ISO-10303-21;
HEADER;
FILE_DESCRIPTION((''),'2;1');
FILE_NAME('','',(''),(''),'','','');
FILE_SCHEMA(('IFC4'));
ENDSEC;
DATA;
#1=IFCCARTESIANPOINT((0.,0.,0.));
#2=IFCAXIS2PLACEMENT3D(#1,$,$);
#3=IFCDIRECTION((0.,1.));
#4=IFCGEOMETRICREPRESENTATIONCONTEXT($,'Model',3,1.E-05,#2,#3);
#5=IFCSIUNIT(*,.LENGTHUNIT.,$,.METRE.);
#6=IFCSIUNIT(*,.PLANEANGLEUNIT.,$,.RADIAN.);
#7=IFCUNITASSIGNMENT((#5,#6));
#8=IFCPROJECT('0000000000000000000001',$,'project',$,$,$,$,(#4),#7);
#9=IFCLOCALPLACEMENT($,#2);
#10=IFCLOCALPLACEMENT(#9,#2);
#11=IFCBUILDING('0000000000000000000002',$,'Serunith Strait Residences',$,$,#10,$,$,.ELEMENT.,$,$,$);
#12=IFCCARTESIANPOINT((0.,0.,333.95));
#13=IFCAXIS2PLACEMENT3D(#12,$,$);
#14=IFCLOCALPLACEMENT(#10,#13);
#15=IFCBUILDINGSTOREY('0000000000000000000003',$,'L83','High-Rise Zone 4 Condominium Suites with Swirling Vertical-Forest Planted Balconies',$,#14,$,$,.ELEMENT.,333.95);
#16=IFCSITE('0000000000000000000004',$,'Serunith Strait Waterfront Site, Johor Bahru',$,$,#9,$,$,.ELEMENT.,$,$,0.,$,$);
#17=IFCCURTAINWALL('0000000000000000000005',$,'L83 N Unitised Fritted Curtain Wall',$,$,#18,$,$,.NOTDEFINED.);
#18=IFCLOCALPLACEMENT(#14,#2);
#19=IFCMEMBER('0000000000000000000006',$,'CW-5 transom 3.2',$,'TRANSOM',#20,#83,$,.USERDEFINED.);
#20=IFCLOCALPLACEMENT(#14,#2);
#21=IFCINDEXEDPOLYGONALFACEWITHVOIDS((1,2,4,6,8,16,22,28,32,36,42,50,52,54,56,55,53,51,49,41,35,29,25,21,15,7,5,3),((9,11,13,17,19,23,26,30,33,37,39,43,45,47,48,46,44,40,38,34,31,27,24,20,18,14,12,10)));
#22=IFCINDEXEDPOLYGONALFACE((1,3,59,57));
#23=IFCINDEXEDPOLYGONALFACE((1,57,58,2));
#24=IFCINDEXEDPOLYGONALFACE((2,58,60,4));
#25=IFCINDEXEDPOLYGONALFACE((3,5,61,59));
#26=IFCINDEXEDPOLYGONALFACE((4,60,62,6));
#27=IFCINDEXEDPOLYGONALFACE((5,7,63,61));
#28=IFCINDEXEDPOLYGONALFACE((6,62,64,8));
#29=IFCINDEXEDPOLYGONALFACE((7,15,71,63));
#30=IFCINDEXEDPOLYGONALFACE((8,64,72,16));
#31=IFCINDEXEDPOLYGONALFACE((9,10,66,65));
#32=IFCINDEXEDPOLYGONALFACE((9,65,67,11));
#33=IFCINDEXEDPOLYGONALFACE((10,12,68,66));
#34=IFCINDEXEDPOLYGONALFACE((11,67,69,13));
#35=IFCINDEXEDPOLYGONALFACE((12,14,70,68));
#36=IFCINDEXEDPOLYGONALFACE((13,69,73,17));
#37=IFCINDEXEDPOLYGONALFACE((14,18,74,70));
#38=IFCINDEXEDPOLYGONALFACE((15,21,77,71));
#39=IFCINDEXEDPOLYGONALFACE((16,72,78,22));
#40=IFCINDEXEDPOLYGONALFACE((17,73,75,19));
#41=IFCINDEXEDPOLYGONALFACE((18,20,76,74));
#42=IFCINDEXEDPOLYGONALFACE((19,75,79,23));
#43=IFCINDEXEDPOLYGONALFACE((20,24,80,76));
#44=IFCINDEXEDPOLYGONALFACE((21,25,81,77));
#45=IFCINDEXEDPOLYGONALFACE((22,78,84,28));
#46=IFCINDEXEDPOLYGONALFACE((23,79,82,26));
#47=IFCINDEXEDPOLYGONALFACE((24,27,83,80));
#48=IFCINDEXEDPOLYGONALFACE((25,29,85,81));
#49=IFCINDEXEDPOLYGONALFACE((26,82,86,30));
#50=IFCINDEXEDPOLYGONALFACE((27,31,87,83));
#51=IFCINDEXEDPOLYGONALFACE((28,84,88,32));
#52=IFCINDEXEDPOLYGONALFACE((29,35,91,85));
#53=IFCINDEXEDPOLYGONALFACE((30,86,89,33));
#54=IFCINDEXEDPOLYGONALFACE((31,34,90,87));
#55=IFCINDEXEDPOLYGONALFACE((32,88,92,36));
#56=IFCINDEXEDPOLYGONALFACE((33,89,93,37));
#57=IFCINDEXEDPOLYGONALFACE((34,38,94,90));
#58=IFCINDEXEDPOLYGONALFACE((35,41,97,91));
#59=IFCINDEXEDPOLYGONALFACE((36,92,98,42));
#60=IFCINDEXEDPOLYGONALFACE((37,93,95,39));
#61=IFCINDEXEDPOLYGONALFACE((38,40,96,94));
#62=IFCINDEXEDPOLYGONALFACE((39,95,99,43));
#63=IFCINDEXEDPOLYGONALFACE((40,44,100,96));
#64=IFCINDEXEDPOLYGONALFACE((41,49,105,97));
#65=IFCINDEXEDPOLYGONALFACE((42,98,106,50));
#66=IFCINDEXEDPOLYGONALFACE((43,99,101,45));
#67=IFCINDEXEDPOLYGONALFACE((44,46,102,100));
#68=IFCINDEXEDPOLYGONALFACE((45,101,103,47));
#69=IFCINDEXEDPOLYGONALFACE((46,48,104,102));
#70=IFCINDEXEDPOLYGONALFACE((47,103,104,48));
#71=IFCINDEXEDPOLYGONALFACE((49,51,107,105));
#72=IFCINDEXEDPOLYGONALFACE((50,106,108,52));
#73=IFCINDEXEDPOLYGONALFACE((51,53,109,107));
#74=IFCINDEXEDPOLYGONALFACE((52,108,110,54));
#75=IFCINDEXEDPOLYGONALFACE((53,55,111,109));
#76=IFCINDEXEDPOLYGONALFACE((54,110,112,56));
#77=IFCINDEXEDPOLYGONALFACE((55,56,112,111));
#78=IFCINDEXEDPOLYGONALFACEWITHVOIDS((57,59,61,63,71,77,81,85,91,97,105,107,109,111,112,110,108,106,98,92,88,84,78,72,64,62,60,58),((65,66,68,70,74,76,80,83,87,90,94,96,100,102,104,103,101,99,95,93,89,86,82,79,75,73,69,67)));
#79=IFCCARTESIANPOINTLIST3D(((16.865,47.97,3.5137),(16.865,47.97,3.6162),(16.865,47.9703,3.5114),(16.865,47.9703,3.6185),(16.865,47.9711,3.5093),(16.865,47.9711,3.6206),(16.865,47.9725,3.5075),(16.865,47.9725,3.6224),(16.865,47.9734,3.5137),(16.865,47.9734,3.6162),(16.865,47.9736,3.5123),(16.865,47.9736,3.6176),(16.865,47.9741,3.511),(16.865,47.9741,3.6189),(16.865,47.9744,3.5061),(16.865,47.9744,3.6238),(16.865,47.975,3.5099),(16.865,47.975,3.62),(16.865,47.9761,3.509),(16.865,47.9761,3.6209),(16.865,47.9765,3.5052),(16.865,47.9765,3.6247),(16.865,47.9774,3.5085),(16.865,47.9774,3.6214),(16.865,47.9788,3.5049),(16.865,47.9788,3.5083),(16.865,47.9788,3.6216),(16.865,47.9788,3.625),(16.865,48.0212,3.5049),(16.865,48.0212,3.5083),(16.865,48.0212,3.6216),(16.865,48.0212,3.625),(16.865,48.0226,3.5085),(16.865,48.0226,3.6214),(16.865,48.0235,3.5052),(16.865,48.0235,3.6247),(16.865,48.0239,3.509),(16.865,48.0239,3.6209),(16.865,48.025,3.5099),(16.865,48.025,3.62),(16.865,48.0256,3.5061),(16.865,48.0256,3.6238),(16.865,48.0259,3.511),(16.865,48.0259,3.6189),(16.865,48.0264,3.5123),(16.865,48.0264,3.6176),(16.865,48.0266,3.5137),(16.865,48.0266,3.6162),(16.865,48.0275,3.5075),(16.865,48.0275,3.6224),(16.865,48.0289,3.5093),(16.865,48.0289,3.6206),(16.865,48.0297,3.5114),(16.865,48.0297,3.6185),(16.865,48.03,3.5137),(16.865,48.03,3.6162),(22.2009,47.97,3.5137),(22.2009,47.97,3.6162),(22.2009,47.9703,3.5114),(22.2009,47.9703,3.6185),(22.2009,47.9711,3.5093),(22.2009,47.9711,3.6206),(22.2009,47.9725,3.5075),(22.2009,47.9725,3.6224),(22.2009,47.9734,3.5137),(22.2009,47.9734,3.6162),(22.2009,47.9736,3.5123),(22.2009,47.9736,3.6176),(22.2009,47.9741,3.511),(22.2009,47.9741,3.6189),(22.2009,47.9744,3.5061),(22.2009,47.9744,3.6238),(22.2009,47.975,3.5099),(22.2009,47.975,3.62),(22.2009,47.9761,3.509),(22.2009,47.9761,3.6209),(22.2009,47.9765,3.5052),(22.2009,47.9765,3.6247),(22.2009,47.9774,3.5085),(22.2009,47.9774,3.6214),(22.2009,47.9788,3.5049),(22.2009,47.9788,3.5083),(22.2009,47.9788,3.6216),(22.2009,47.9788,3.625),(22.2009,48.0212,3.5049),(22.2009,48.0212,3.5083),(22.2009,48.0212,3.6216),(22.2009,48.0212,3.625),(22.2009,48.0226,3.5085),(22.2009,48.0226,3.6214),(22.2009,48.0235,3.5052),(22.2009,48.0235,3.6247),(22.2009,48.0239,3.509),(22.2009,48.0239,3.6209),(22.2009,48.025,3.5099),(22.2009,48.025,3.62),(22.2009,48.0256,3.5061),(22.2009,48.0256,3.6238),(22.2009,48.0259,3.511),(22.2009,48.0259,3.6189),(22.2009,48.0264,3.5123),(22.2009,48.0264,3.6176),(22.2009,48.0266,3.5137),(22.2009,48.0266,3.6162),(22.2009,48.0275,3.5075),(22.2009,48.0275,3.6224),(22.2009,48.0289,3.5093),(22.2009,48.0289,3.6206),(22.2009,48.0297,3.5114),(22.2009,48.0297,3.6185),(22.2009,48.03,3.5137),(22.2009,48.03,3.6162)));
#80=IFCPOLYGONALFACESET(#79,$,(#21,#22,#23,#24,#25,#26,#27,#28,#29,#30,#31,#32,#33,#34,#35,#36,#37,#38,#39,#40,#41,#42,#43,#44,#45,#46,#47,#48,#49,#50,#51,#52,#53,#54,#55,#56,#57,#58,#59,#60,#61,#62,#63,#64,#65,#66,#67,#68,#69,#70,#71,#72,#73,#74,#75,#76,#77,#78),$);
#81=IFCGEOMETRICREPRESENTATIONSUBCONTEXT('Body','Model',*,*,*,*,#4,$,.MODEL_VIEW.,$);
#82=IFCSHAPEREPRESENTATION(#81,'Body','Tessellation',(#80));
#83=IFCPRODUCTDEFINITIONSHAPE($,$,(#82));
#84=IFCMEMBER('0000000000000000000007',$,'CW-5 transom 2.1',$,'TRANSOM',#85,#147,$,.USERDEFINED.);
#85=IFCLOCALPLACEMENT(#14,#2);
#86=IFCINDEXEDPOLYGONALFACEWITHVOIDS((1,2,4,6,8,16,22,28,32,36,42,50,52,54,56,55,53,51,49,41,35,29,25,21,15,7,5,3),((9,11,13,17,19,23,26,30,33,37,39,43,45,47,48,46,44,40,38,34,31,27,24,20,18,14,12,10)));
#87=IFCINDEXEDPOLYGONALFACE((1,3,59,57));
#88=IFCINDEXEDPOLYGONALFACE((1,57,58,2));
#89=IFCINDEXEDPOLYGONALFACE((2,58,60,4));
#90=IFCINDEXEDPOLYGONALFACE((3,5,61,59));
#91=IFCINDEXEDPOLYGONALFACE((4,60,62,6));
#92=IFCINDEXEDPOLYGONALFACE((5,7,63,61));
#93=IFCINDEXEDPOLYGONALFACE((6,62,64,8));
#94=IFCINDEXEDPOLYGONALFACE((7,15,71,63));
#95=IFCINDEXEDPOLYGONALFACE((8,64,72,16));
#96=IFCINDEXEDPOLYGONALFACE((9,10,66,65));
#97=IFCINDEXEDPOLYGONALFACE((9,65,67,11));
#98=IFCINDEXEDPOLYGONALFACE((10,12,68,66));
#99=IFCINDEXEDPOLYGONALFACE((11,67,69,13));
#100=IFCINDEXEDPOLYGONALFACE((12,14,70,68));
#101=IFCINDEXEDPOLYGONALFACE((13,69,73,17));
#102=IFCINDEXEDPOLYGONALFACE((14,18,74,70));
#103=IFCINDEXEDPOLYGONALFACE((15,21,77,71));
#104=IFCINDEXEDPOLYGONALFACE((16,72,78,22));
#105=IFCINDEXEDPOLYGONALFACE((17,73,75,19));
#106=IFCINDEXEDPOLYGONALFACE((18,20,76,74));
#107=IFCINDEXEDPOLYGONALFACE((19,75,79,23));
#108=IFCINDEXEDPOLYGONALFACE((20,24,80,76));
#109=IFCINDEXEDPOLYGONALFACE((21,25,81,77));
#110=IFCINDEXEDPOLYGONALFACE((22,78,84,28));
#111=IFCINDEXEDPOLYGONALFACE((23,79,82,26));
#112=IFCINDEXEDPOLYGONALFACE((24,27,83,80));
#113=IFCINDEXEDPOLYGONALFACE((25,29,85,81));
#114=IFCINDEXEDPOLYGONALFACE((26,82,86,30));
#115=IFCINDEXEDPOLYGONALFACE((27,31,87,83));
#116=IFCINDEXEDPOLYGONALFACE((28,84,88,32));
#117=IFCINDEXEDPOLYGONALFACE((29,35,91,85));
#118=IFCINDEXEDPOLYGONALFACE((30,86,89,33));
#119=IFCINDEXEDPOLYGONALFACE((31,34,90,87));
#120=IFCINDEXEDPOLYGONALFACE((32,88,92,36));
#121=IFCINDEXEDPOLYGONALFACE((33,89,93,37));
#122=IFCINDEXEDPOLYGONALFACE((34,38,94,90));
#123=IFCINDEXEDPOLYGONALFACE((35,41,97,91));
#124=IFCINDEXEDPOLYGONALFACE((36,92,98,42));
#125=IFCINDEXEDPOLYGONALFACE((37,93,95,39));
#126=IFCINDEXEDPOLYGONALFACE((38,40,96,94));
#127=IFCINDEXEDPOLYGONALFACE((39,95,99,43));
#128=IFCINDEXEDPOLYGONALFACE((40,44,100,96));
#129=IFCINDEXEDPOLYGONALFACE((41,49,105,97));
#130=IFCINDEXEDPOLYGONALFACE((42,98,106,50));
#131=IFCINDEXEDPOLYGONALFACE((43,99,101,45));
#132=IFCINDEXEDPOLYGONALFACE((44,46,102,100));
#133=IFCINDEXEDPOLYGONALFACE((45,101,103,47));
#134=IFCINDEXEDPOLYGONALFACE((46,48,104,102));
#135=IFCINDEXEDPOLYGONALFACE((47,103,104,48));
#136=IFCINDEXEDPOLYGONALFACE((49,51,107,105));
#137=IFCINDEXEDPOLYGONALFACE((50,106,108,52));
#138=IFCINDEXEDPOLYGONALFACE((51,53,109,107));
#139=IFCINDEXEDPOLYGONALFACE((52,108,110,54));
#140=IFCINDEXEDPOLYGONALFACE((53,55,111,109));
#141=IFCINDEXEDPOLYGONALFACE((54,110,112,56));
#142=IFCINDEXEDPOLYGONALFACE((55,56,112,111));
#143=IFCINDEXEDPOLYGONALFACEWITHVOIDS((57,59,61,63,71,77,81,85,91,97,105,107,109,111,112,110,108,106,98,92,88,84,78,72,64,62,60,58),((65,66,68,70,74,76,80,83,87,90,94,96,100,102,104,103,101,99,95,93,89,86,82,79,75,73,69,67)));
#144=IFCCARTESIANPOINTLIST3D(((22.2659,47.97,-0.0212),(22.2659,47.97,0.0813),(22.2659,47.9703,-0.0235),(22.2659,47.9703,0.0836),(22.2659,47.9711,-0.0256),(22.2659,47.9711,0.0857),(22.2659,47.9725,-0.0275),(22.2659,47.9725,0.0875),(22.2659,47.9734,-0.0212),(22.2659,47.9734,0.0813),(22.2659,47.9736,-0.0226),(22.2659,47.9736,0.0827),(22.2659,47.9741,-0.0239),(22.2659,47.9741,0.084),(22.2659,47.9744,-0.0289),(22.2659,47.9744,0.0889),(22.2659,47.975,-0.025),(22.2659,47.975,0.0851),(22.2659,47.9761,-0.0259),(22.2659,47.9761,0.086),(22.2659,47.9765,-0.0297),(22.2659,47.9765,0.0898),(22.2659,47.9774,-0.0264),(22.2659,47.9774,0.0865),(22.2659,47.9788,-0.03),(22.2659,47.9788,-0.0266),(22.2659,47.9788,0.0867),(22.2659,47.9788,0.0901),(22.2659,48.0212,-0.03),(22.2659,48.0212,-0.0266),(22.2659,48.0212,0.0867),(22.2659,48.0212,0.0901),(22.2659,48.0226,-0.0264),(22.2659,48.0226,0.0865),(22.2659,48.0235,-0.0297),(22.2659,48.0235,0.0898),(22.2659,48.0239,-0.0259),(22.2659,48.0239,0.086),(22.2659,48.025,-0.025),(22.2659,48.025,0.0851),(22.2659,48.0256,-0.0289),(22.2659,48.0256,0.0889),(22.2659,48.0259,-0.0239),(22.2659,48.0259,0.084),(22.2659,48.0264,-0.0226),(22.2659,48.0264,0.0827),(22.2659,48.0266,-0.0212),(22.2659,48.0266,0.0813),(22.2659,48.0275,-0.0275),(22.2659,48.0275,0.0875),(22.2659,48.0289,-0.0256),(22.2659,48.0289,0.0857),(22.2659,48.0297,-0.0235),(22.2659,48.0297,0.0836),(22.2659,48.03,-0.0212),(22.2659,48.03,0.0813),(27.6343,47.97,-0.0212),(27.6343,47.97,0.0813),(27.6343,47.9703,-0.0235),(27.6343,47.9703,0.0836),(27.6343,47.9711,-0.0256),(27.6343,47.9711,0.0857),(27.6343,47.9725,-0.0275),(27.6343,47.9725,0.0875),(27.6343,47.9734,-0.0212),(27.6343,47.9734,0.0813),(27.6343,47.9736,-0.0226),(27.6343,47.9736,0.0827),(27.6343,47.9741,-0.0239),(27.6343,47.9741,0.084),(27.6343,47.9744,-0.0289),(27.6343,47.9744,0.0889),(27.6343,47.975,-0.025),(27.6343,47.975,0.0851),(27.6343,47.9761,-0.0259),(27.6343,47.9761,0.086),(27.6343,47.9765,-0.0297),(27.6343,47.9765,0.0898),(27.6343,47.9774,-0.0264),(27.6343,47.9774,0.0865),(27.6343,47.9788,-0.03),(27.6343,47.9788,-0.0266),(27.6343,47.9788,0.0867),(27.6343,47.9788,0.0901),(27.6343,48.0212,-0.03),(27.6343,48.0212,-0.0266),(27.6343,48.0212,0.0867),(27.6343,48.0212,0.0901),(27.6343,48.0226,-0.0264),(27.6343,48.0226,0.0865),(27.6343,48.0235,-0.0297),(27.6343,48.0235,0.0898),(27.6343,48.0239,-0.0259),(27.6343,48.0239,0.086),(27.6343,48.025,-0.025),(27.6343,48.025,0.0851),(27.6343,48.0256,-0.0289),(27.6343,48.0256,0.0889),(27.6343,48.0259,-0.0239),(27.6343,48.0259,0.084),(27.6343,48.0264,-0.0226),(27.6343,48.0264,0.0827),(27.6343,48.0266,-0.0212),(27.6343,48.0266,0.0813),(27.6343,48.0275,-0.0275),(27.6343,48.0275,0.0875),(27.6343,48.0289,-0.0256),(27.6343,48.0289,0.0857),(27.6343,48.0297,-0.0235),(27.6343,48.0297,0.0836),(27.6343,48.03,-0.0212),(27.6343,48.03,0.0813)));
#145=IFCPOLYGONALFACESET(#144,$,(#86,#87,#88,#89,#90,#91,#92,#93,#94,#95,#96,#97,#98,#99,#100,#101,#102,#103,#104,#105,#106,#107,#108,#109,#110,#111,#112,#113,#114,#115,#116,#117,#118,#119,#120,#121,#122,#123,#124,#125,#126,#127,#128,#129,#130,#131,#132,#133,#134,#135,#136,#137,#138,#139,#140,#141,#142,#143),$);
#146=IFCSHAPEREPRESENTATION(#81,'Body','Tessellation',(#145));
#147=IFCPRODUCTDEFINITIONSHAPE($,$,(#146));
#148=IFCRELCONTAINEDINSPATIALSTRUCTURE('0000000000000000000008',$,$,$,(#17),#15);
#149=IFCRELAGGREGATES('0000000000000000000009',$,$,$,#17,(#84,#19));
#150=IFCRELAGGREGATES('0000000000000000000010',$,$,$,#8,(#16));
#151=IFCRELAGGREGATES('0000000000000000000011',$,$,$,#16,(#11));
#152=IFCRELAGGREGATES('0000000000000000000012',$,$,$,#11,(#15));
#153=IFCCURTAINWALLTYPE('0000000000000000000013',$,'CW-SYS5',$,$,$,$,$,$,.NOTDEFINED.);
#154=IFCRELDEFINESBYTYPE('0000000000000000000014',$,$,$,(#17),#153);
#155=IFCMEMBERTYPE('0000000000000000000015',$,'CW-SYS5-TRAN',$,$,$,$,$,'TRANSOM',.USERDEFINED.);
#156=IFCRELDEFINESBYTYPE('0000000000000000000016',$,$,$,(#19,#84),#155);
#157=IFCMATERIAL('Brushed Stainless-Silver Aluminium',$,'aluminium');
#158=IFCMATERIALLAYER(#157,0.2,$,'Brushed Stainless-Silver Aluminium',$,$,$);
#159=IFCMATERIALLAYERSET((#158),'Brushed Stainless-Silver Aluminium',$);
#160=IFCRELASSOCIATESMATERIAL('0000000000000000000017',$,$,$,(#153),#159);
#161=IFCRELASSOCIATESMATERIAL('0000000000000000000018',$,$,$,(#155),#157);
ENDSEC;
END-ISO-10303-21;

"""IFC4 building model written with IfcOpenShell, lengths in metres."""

from ifc_helpers import new_model, si_unit, direction, frame, origin, origin_2d, place, context, subcontext, project, spatial, hollow_rectangle, extrude, source, transform, mapped, material, layer, layer_set, material_profile, profile_set, type_object, element, aggregate, save


model = new_model("IFC4")

# Units and contexts
model_context = context("Model", 3, precision=1e-05, world=origin(), true_north=direction((0.0, 1.0)))
body_context = subcontext(model_context, "Body", "Model", "MODEL_VIEW")
ifc_project = project(units=[si_unit("LENGTHUNIT", "METRE"), si_unit("PLANEANGLEUNIT", "RADIAN")], contexts=[model_context])

# Site, building, storey
site_placement = place(None, origin())
site = spatial("IfcSite", under=ifc_project, at=site_placement, Name="Serunith Strait Waterfront Site, Johor Bahru", CompositionType="ELEMENT", RefElevation=0.0)
building_placement = place(site_placement, origin())
building = spatial("IfcBuilding", under=site, at=building_placement, Name="Serunith Strait Residences", CompositionType="ELEMENT")
storey_placement = place(building_placement, frame((0.0, 0.0, 333.95)))
storey = spatial("IfcBuildingStorey", under=building, at=storey_placement, Name="L83", Description="High-Rise Zone 4 Condominium Suites with Swirling Vertical-Forest Planted Balconies", CompositionType="ELEMENT", Elevation=333.95)

# Curtain wall, members
ifc_material_1 = material(Name="Brushed Stainless-Silver Aluminium", Category="aluminium")
ifc_layer_1 = layer(ifc_material_1, 0.2, Name="Brushed Stainless-Silver Aluminium")
ifc_layer_set_1 = layer_set([ifc_layer_1], Name="Brushed Stainless-Silver Aluminium")
curtain_wall_type = type_object("IfcCurtainWallType", Name="CW-SYS5", PredefinedType="NOTDEFINED", material=ifc_layer_set_1)
curtain_wall_placement = place(storey_placement, origin())
curtain_wall = element("IfcCurtainWall", 1, at=curtain_wall_placement, inside=storey, type_object=curtain_wall_type, Name="L83 N Unitised Fritted Curtain Wall", PredefinedType="NOTDEFINED")
ifc_material_profile_1 = material_profile(ifc_material_1, hollow_rectangle(XDim=0.0601, YDim=0.1201, WallThickness=0.0034, InnerFilletRadius=0.0054, OuterFilletRadius=0.0088, at=origin_2d()), Name="ALU 120x60x3.5")
ifc_profile_set_1 = profile_set([ifc_material_profile_1], Name="Brushed Stainless-Silver Aluminium")
member_type_1 = type_object("IfcMemberType", Name="CW-SYS5-TRAN", ElementType="TRANSOM", PredefinedType="USERDEFINED", material=ifc_profile_set_1)
shared_shape_1 = source(origin(), body_context, "Body", "SweptSolid", [
    extrude(hollow_rectangle(XDim=0.0601, YDim=0.1201, WallThickness=0.0034, InnerFilletRadius=0.0054, OuterFilletRadius=0.0088, at=origin_2d()), origin(), (0.0, 0.0, 1.0), 5.3359),
])
member_1_placement = place(storey_placement, frame((22.2009, 48.0, 3.5649), z_axis=(-1.0, 0.0, 0.0), x_axis=(0.0, -1.0, 0.0)))
member_1 = element("IfcMember", 2, at=member_1_placement, type_object=member_type_1, Name="CW-5 transom 3.2", ObjectType="TRANSOM", PredefinedType="USERDEFINED", context=body_context, shape_type="MappedRepresentation", body=[
    mapped(shared_shape_1, transform((0.0, 0.0, 0.0), scale=1.0)),
])
shared_shape_2 = source(origin(), body_context, "Body", "SweptSolid", [
    extrude(hollow_rectangle(XDim=0.0601, YDim=0.1201, WallThickness=0.0034, InnerFilletRadius=0.0054, OuterFilletRadius=0.0088, at=origin_2d()), origin(), (0.0, 0.0, 1.0), 5.3684),
])
member_2_placement = place(storey_placement, frame((27.6343, 48.0, 0.03), z_axis=(-1.0, 0.0, 0.0), x_axis=(0.0, -1.0, 0.0)))
member_2 = element("IfcMember", 3, at=member_2_placement, type_object=member_type_1, Name="CW-5 transom 2.1", ObjectType="TRANSOM", PredefinedType="USERDEFINED", context=body_context, shape_type="MappedRepresentation", body=[
    mapped(shared_shape_2, transform((0.0, 0.0, 0.0), scale=1.0)),
])
aggregate(curtain_wall, [member_2, member_1])

save(model, "model.ifc")
